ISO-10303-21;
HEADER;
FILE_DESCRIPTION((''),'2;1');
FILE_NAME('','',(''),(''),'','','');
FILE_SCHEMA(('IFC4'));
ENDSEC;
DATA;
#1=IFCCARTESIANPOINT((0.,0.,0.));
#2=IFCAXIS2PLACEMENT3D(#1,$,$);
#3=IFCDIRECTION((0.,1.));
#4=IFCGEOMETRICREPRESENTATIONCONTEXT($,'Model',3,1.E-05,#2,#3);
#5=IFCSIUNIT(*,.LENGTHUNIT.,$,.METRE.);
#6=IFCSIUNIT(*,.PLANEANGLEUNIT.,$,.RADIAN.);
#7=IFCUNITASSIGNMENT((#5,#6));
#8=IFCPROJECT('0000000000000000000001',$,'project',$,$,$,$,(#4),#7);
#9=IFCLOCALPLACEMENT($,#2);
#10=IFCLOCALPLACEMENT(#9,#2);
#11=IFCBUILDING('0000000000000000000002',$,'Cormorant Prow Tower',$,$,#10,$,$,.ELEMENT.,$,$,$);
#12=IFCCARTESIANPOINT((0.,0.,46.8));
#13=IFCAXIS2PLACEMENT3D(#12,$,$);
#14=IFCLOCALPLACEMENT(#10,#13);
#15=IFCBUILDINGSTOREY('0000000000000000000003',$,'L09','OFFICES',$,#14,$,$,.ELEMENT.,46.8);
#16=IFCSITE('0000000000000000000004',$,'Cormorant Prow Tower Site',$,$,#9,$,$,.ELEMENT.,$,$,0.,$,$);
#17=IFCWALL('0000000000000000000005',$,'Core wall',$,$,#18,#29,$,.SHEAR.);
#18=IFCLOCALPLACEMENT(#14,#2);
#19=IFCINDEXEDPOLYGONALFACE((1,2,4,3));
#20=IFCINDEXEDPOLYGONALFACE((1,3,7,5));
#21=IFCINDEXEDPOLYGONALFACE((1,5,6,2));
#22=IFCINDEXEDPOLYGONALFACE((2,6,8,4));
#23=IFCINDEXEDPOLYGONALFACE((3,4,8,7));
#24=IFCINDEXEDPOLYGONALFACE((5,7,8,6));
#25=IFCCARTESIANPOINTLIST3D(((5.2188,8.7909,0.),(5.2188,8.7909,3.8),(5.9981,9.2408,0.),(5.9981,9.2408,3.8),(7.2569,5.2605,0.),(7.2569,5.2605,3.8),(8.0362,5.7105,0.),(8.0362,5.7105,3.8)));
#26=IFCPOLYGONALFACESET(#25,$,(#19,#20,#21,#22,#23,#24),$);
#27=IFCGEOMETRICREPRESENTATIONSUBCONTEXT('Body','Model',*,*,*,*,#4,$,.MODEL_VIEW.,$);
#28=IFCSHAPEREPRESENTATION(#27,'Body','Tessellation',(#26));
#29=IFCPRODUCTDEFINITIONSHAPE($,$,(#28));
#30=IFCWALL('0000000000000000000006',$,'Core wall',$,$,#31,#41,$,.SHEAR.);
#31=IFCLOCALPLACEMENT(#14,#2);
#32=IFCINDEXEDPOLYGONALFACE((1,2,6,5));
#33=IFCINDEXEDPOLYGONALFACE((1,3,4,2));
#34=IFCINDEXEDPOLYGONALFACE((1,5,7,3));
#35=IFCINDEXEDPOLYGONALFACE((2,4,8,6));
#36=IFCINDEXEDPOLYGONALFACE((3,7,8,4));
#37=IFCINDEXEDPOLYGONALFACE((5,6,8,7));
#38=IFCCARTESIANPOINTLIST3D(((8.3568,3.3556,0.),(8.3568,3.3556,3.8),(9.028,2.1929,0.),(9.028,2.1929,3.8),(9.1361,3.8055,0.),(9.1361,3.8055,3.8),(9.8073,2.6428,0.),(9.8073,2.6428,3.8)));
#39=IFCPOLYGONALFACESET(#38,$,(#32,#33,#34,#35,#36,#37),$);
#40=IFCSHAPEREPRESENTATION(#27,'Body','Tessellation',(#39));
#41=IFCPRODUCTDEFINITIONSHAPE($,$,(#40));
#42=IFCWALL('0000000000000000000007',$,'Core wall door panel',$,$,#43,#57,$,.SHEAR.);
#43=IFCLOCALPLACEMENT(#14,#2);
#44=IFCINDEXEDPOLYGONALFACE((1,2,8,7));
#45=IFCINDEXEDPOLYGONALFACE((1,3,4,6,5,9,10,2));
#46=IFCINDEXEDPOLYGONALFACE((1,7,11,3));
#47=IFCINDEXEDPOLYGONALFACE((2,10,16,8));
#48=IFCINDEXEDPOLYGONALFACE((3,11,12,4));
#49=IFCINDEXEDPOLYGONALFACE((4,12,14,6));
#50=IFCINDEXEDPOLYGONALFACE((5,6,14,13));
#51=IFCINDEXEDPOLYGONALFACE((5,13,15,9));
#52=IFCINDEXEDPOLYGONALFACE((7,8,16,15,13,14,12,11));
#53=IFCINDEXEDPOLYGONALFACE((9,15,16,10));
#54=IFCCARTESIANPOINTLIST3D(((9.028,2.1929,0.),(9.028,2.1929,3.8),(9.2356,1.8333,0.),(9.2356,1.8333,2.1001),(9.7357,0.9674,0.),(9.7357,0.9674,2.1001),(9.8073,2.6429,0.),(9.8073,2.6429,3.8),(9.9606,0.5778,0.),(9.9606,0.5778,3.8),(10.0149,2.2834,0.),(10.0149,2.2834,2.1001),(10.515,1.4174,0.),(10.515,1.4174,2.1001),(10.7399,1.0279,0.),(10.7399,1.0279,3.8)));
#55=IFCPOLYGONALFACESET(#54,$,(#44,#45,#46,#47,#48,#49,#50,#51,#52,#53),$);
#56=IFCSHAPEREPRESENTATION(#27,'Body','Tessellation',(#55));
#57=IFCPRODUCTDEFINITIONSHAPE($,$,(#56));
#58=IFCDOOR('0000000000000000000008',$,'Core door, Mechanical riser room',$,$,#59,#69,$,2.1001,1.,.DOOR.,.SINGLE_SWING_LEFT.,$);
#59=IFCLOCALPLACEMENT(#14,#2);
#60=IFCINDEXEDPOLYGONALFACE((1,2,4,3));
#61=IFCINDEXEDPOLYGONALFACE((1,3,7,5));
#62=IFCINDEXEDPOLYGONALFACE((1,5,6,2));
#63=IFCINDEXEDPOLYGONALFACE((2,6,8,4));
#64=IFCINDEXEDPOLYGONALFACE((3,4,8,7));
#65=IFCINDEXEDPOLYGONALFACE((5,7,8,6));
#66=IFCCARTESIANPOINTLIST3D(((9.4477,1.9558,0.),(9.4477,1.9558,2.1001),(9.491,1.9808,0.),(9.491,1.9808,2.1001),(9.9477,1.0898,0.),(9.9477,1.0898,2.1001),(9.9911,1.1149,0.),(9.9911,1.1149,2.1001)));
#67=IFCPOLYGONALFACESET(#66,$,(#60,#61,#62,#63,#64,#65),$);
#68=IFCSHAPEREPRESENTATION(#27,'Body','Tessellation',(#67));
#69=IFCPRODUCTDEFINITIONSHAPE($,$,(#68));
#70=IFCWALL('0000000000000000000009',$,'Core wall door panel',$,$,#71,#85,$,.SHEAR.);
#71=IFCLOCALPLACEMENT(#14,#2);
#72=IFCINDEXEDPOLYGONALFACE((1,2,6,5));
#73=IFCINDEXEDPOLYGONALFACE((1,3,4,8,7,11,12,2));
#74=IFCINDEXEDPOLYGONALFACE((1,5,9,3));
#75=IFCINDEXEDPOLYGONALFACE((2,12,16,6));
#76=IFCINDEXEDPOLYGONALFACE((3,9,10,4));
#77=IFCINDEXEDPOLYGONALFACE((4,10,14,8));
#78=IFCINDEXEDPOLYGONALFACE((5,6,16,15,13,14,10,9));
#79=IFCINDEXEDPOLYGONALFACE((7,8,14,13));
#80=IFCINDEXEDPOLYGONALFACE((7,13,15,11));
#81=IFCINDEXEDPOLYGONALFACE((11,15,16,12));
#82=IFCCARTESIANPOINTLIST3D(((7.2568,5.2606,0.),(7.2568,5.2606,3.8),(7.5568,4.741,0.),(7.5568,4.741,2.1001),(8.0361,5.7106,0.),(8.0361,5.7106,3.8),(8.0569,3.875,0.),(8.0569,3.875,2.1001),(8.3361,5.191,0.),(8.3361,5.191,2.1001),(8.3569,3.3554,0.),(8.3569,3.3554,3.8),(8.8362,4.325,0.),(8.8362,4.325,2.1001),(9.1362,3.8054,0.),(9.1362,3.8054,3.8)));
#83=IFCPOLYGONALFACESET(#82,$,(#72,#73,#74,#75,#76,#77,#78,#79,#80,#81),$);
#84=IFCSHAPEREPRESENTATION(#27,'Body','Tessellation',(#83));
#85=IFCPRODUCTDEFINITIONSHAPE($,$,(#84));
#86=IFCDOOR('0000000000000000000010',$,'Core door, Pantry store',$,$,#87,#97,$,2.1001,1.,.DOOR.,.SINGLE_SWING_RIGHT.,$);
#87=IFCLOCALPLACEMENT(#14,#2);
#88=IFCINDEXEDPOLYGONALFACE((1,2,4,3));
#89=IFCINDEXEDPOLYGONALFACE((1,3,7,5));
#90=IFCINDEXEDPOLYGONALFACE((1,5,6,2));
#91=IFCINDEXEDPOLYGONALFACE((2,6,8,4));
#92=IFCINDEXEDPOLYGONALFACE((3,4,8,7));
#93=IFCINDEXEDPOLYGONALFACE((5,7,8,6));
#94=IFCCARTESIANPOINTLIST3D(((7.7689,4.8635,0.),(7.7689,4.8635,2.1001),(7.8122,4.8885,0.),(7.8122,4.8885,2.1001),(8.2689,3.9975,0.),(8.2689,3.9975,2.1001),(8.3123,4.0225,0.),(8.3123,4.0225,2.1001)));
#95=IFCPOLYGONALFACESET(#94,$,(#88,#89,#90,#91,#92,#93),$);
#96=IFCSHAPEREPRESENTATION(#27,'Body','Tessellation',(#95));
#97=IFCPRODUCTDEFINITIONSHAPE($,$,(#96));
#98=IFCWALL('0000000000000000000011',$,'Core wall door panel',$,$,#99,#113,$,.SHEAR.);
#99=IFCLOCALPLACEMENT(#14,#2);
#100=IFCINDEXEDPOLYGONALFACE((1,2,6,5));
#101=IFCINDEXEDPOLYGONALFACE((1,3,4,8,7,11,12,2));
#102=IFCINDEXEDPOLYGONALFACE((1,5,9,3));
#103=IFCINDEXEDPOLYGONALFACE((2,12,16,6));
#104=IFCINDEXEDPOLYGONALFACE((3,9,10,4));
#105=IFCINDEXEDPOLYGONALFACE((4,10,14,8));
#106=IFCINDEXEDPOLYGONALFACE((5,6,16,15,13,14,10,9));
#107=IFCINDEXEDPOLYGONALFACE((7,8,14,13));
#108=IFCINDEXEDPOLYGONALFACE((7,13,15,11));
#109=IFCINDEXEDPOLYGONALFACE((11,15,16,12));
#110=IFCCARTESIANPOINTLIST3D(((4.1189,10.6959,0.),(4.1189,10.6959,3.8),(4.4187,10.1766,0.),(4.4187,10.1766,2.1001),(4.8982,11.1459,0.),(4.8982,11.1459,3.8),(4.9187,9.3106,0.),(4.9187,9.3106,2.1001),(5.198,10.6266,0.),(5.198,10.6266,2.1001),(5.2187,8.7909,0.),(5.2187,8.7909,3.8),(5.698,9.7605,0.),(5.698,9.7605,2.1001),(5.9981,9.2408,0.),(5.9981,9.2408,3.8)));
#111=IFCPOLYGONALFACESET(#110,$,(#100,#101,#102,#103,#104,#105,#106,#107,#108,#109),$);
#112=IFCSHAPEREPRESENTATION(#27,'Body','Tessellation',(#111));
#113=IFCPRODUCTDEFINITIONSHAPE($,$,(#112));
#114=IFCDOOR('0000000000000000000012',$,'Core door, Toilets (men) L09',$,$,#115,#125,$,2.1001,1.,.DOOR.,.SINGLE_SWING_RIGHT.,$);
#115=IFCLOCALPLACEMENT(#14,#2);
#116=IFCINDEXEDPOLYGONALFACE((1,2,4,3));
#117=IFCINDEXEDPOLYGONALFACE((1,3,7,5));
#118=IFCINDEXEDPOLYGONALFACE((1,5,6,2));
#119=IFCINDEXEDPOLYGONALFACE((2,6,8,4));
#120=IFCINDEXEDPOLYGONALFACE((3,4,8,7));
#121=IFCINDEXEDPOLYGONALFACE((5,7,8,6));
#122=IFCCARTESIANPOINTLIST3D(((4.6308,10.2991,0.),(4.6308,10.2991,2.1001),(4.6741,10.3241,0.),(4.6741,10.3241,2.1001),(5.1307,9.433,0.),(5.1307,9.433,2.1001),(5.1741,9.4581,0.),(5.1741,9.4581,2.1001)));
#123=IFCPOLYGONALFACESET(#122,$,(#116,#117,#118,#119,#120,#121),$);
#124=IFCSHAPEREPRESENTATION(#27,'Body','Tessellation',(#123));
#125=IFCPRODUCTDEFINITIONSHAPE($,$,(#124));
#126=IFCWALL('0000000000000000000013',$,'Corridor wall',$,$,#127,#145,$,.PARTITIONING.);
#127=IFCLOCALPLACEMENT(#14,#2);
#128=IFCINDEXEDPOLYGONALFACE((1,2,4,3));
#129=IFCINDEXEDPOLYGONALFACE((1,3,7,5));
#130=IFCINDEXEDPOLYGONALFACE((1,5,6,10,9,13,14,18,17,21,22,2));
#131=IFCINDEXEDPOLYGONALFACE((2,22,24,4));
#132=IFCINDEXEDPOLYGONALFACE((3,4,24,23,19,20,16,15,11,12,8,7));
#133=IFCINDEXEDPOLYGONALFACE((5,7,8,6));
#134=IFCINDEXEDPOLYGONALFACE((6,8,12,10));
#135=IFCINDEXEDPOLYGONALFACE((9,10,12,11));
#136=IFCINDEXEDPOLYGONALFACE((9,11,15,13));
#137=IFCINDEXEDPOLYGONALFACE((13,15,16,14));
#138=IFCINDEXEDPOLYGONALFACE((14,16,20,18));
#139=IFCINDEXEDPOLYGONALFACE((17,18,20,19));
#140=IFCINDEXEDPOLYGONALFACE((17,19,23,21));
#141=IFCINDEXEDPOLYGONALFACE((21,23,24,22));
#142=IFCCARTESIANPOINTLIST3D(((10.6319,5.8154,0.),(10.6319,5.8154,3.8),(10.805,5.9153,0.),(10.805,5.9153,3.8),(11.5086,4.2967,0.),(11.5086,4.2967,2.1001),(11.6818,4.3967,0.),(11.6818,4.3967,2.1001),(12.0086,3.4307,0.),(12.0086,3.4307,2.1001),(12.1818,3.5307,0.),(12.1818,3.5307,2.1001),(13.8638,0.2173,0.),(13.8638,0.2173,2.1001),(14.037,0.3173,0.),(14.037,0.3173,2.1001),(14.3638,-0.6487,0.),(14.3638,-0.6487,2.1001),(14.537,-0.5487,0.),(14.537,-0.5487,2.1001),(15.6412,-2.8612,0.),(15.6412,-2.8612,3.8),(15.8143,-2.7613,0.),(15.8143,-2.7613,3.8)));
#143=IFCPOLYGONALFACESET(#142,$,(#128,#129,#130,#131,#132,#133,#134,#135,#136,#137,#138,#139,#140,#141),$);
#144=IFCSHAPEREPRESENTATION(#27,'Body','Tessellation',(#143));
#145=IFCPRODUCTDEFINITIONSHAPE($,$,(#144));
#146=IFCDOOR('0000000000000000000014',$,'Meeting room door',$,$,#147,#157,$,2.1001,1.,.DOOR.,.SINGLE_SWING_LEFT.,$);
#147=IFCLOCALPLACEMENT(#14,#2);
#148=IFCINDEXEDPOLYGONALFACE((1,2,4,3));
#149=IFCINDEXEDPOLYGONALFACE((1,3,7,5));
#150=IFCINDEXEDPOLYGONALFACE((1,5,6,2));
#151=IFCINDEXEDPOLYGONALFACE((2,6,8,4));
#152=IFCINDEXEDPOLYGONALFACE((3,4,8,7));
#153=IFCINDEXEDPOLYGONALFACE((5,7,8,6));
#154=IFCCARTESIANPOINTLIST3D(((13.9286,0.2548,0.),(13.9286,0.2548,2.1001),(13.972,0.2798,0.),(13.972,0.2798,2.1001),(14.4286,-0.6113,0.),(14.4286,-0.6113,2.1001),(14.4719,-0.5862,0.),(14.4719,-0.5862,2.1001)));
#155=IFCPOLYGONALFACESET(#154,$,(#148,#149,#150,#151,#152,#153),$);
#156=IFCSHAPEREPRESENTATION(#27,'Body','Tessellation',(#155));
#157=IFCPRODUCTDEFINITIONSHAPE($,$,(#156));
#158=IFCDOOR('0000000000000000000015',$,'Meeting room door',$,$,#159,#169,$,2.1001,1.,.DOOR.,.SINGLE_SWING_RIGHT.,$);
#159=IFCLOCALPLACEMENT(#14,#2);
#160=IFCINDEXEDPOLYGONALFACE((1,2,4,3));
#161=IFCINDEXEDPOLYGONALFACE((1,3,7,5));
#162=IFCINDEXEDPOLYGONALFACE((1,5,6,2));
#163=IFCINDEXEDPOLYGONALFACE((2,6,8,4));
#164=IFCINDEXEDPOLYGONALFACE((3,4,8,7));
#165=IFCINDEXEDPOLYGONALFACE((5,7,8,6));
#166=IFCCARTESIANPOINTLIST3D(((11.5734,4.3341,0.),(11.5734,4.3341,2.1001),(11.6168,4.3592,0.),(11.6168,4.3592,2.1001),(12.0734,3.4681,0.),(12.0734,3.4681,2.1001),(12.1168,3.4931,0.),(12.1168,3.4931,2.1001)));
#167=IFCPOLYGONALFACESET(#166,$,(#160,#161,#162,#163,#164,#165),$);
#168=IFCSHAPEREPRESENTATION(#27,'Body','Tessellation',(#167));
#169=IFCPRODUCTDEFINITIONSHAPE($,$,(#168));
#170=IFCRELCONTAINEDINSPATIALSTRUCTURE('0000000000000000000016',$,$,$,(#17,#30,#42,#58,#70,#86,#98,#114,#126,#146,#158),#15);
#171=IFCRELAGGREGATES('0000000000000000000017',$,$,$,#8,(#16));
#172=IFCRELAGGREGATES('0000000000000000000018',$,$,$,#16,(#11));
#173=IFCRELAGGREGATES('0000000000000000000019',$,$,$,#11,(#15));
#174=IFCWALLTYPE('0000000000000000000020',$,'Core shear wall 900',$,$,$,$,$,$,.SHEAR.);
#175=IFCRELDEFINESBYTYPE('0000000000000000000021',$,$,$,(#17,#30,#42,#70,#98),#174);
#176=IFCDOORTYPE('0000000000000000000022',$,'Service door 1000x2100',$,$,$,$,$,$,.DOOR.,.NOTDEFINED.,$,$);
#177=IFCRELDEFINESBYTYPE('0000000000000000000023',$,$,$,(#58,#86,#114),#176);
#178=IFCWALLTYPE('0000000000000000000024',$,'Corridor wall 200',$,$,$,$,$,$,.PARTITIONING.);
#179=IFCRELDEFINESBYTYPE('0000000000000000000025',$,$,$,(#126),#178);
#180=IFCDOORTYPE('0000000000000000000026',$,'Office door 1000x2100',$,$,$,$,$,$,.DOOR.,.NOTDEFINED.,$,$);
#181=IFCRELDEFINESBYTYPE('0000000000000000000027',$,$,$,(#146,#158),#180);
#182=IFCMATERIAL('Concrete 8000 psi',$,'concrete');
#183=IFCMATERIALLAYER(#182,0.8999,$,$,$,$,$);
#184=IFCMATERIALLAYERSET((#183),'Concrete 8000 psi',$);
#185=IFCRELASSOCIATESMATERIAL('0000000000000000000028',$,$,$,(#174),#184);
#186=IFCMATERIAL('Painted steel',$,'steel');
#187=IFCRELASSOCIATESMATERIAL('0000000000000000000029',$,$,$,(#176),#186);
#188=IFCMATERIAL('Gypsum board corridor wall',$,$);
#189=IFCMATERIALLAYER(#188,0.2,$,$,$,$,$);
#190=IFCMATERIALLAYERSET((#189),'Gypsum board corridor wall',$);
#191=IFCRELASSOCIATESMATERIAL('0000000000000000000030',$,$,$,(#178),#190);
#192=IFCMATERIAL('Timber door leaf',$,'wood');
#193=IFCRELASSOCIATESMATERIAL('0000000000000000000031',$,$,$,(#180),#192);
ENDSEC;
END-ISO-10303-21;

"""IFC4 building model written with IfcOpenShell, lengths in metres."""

from ifc_helpers import new_model, si_unit, direction, frame, frame_2d, origin, place, context, subcontext, project, spatial, rectangle, extrude, material, layer, layer_set, type_object, element, fill, save


model = new_model("IFC4")

# Units and contexts
model_context = context("Model", 3, precision=1e-05, world=origin(), true_north=direction((0.0, 1.0)))
body_context = subcontext(model_context, "Body", "Model", "MODEL_VIEW")
ifc_project = project(units=[si_unit("LENGTHUNIT", "METRE"), si_unit("PLANEANGLEUNIT", "RADIAN")], contexts=[model_context])

# Site, building, storey
site_placement = place(None, origin())
site = spatial("IfcSite", under=ifc_project, at=site_placement, Name="Cormorant Prow Tower Site", CompositionType="ELEMENT", RefElevation=0.0)
building_placement = place(site_placement, origin())
building = spatial("IfcBuilding", under=site, at=building_placement, Name="Cormorant Prow Tower", CompositionType="ELEMENT")
storey_placement = place(building_placement, frame((0.0, 0.0, 46.8)))
storey = spatial("IfcBuildingStorey", under=building, at=storey_placement, Name="L09", Description="OFFICES", CompositionType="ELEMENT", Elevation=46.8)

# Walls
ifc_material_1 = material(Name="Concrete 8000 psi", Category="concrete")
ifc_layer_1 = layer(ifc_material_1, 0.8999)
ifc_layer_set_1 = layer_set([ifc_layer_1], Name="Concrete 8000 psi")
wall_type_1 = type_object("IfcWallType", Name="Core shear wall 900", PredefinedType="SHEAR", material=ifc_layer_set_1)
wall_1_placement = place(storey_placement, frame((7.6465, 5.4856, 0.0), z_axis=(0.0, 0.0, 1.0), x_axis=(-0.499978, 0.866038, 0.0)))
element("IfcWall", 1, at=wall_1_placement, inside=storey, type_object=wall_type_1, Name="Core wall", PredefinedType="SHEAR", context=body_context, shape_type="SweptSolid", body=[
    extrude(rectangle(XDim=4.0764, YDim=0.8999, at=frame_2d((2.0381, 0.0))), origin(), (0.0, 0.0, 1.0), 3.8),
])
wall_2_placement = place(storey_placement, frame((9.4177, 2.4177, 0.0), z_axis=(0.0, 0.0, 1.0), x_axis=(-0.499953, 0.866052, 0.0)))
element("IfcWall", 2, at=wall_2_placement, inside=storey, type_object=wall_type_1, Name="Core wall", PredefinedType="SHEAR", context=body_context, shape_type="SweptSolid", body=[
    extrude(rectangle(XDim=1.3425, YDim=0.8999, at=frame_2d((0.6714, 0.0))), origin(), (0.0, 0.0, 1.0), 3.8),
])

# Walls, openings, doors
wall_3_placement = place(storey_placement, frame((10.3503, 0.8027, 0.0), z_axis=(0.0, 0.0, 1.0), x_axis=(-0.500081, 0.865978, 0.0)))
wall_3 = element("IfcWall", 3, at=wall_3_placement, inside=storey, type_object=wall_type_1, Name="Core wall door panel", PredefinedType="SHEAR", context=body_context, shape_type="SweptSolid", body=[
    extrude(rectangle(XDim=1.865, YDim=0.8999, at=frame_2d((0.9326, 0.0))), origin(), (0.0, 0.0, 1.0), 3.8),
])
opening_1_placement = place(wall_3_placement, frame((0.45, 0.0, 0.0)))
opening_1 = element("IfcOpeningElement", 4, at=opening_1_placement, cuts=wall_3, PredefinedType="OPENING", context=body_context, shape_type="SweptSolid", body=[
    extrude(rectangle(XDim=1.0, YDim=2.1001, at=frame_2d((0.5, 1.05))), frame((0.0, 0.46, 0.0), z_axis=(0.0, -1.0, 0.0), x_axis=(1.0, 0.0, 0.0)), (0.0, 0.0, 1.0), 0.9199),
])
ifc_material_2 = material(Name="Painted steel", Category="steel")
door_type_1 = type_object("IfcDoorType", Name="Service door 1000x2100", OperationType="NOTDEFINED", PredefinedType="DOOR", material=ifc_material_2)
door_1_placement = place(opening_1_placement, origin())
door_1 = element("IfcDoor", 5, at=door_1_placement, inside=storey, type_object=door_type_1, Name="Core door, Mechanical riser room", OperationType="SINGLE_SWING_LEFT", OverallHeight=2.1001, OverallWidth=1.0, PredefinedType="DOOR", context=body_context, shape_type="SweptSolid", body=[
    extrude(rectangle(XDim=1.0, YDim=2.1001, at=frame_2d((0.5, 1.05))), frame((0.0, 0.2051, 0.0), z_axis=(0.0, -1.0, 0.0), x_axis=(1.0, 0.0, 0.0)), (0.0, 0.0, 1.0), 0.05),
])
fill(opening_1, door_1)
wall_4_placement = place(storey_placement, frame((8.7466, 3.5803, 0.0), z_axis=(0.0, 0.0, 1.0), x_axis=(-0.50003, 0.866008, 0.0)))
wall_4 = element("IfcWall", 6, at=wall_4_placement, inside=storey, type_object=wall_type_1, Name="Core wall door panel", PredefinedType="SHEAR", context=body_context, shape_type="SweptSolid", body=[
    extrude(rectangle(XDim=2.2, YDim=0.8999, at=frame_2d((1.1001, 0.0))), origin(), (0.0, 0.0, 1.0), 3.8),
])
opening_2_placement = place(wall_4_placement, frame((0.6001, 0.0, 0.0)))
opening_2 = element("IfcOpeningElement", 7, at=opening_2_placement, cuts=wall_4, PredefinedType="OPENING", context=body_context, shape_type="SweptSolid", body=[
    extrude(rectangle(XDim=1.0, YDim=2.1001, at=frame_2d((0.5, 1.05))), frame((0.0, 0.46, 0.0), z_axis=(0.0, -1.0, 0.0), x_axis=(1.0, 0.0, 0.0)), (0.0, 0.0, 1.0), 0.9199),
])
door_2_placement = place(opening_2_placement, origin())
door_2 = element("IfcDoor", 8, at=door_2_placement, inside=storey, type_object=door_type_1, Name="Core door, Pantry store", OperationType="SINGLE_SWING_RIGHT", OverallHeight=2.1001, OverallWidth=1.0, PredefinedType="DOOR", context=body_context, shape_type="SweptSolid", body=[
    extrude(rectangle(XDim=1.0, YDim=2.1001, at=frame_2d((0.5, 1.05))), frame((0.0, 0.2051, 0.0), z_axis=(0.0, -1.0, 0.0), x_axis=(1.0, 0.0, 0.0)), (0.0, 0.0, 1.0), 0.05),
])
fill(opening_2, door_2)
wall_5_placement = place(storey_placement, frame((5.6084, 9.0159, 0.0), z_axis=(0.0, 0.0, 1.0), x_axis=(-0.499995, 0.866028, 0.0)))
wall_5 = element("IfcWall", 9, at=wall_5_placement, inside=storey, type_object=wall_type_1, Name="Core wall door panel", PredefinedType="SHEAR", context=body_context, shape_type="SweptSolid", body=[
    extrude(rectangle(XDim=2.1997, YDim=0.8999, at=frame_2d((1.0999, 0.0))), origin(), (0.0, 0.0, 1.0), 3.8),
])
opening_3_placement = place(wall_5_placement, frame((0.6001, 0.0, 0.0)))
opening_3 = element("IfcOpeningElement", 10, at=opening_3_placement, cuts=wall_5, PredefinedType="OPENING", context=body_context, shape_type="SweptSolid", body=[
    extrude(rectangle(XDim=1.0, YDim=2.1001, at=frame_2d((0.5, 1.05))), frame((0.0, 0.46, 0.0), z_axis=(0.0, -1.0, 0.0), x_axis=(1.0, 0.0, 0.0)), (0.0, 0.0, 1.0), 0.9199),
])
door_3_placement = place(opening_3_placement, origin())
door_3 = element("IfcDoor", 11, at=door_3_placement, inside=storey, type_object=door_type_1, Name="Core door, Toilets (men) L09", OperationType="SINGLE_SWING_RIGHT", OverallHeight=2.1001, OverallWidth=1.0, PredefinedType="DOOR", context=body_context, shape_type="SweptSolid", body=[
    extrude(rectangle(XDim=1.0, YDim=2.1001, at=frame_2d((0.5, 1.05))), frame((0.0, 0.2051, 0.0), z_axis=(0.0, -1.0, 0.0), x_axis=(1.0, 0.0, 0.0)), (0.0, 0.0, 1.0), 0.05),
])
fill(opening_3, door_3)

# Wall, openings, doors
ifc_material_3 = material(Name="Gypsum board corridor wall")
ifc_layer_2 = layer(ifc_material_3, 0.2)
ifc_layer_set_2 = layer_set([ifc_layer_2], Name="Gypsum board corridor wall")
wall_type_2 = type_object("IfcWallType", Name="Corridor wall 200", PredefinedType="PARTITIONING", material=ifc_layer_set_2)
wall_6_placement = place(storey_placement, frame((10.7185, 5.8652, 0.0), z_axis=(0.0, 0.0, 1.0), x_axis=(0.499992, -0.86603, 0.0)))
wall_6 = element("IfcWall", 12, at=wall_6_placement, inside=storey, type_object=wall_type_2, Name="Corridor wall", PredefinedType="PARTITIONING", context=body_context, shape_type="SweptSolid", body=[
    extrude(rectangle(XDim=10.0188, YDim=0.2, at=frame_2d((5.0093, 0.0))), origin(), (0.0, 0.0, 1.0), 3.8),
])
opening_4_placement = place(wall_6_placement, frame((6.4639, 0.0, 0.0)))
opening_4 = element("IfcOpeningElement", 13, at=opening_4_placement, cuts=wall_6, PredefinedType="OPENING", context=body_context, shape_type="SweptSolid", body=[
    extrude(rectangle(XDim=1.0, YDim=2.1001, at=frame_2d((0.5, 1.05))), frame((0.0, 0.1099, 0.0), z_axis=(0.0, -1.0, 0.0), x_axis=(1.0, 0.0, 0.0)), (0.0, 0.0, 1.0), 0.22),
])
opening_5_placement = place(wall_6_placement, frame((1.7534, 0.0, 0.0)))
opening_5 = element("IfcOpeningElement", 14, at=opening_5_placement, cuts=wall_6, PredefinedType="OPENING", context=body_context, shape_type="SweptSolid", body=[
    extrude(rectangle(XDim=1.0, YDim=2.1001, at=frame_2d((0.5, 1.05))), frame((0.0, 0.1099, 0.0), z_axis=(0.0, -1.0, 0.0), x_axis=(1.0, 0.0, 0.0)), (0.0, 0.0, 1.0), 0.22),
])
ifc_material_4 = material(Name="Timber door leaf", Category="wood")
door_type_2 = type_object("IfcDoorType", Name="Office door 1000x2100", OperationType="NOTDEFINED", PredefinedType="DOOR", material=ifc_material_4)
door_4_placement = place(opening_4_placement, origin())
door_4 = element("IfcDoor", 15, at=door_4_placement, inside=storey, type_object=door_type_2, Name="Meeting room door", OperationType="SINGLE_SWING_LEFT", OverallHeight=2.1001, OverallWidth=1.0, PredefinedType="DOOR", context=body_context, shape_type="SweptSolid", body=[
    extrude(rectangle(XDim=1.0, YDim=2.1001, at=frame_2d((0.5, 1.05))), frame((0.0, 0.0249, 0.0), z_axis=(0.0, -1.0, 0.0), x_axis=(1.0, 0.0, 0.0)), (0.0, 0.0, 1.0), 0.05),
])
fill(opening_4, door_4)
door_5_placement = place(opening_5_placement, origin())
door_5 = element("IfcDoor", 16, at=door_5_placement, inside=storey, type_object=door_type_2, Name="Meeting room door", OperationType="SINGLE_SWING_RIGHT", OverallHeight=2.1001, OverallWidth=1.0, PredefinedType="DOOR", context=body_context, shape_type="SweptSolid", body=[
    extrude(rectangle(XDim=1.0, YDim=2.1001, at=frame_2d((0.5, 1.05))), frame((0.0, 0.0249, 0.0), z_axis=(0.0, -1.0, 0.0), x_axis=(1.0, 0.0, 0.0)), (0.0, 0.0, 1.0), 0.05),
])
fill(opening_5, door_5)

save(model, "model.ifc")
